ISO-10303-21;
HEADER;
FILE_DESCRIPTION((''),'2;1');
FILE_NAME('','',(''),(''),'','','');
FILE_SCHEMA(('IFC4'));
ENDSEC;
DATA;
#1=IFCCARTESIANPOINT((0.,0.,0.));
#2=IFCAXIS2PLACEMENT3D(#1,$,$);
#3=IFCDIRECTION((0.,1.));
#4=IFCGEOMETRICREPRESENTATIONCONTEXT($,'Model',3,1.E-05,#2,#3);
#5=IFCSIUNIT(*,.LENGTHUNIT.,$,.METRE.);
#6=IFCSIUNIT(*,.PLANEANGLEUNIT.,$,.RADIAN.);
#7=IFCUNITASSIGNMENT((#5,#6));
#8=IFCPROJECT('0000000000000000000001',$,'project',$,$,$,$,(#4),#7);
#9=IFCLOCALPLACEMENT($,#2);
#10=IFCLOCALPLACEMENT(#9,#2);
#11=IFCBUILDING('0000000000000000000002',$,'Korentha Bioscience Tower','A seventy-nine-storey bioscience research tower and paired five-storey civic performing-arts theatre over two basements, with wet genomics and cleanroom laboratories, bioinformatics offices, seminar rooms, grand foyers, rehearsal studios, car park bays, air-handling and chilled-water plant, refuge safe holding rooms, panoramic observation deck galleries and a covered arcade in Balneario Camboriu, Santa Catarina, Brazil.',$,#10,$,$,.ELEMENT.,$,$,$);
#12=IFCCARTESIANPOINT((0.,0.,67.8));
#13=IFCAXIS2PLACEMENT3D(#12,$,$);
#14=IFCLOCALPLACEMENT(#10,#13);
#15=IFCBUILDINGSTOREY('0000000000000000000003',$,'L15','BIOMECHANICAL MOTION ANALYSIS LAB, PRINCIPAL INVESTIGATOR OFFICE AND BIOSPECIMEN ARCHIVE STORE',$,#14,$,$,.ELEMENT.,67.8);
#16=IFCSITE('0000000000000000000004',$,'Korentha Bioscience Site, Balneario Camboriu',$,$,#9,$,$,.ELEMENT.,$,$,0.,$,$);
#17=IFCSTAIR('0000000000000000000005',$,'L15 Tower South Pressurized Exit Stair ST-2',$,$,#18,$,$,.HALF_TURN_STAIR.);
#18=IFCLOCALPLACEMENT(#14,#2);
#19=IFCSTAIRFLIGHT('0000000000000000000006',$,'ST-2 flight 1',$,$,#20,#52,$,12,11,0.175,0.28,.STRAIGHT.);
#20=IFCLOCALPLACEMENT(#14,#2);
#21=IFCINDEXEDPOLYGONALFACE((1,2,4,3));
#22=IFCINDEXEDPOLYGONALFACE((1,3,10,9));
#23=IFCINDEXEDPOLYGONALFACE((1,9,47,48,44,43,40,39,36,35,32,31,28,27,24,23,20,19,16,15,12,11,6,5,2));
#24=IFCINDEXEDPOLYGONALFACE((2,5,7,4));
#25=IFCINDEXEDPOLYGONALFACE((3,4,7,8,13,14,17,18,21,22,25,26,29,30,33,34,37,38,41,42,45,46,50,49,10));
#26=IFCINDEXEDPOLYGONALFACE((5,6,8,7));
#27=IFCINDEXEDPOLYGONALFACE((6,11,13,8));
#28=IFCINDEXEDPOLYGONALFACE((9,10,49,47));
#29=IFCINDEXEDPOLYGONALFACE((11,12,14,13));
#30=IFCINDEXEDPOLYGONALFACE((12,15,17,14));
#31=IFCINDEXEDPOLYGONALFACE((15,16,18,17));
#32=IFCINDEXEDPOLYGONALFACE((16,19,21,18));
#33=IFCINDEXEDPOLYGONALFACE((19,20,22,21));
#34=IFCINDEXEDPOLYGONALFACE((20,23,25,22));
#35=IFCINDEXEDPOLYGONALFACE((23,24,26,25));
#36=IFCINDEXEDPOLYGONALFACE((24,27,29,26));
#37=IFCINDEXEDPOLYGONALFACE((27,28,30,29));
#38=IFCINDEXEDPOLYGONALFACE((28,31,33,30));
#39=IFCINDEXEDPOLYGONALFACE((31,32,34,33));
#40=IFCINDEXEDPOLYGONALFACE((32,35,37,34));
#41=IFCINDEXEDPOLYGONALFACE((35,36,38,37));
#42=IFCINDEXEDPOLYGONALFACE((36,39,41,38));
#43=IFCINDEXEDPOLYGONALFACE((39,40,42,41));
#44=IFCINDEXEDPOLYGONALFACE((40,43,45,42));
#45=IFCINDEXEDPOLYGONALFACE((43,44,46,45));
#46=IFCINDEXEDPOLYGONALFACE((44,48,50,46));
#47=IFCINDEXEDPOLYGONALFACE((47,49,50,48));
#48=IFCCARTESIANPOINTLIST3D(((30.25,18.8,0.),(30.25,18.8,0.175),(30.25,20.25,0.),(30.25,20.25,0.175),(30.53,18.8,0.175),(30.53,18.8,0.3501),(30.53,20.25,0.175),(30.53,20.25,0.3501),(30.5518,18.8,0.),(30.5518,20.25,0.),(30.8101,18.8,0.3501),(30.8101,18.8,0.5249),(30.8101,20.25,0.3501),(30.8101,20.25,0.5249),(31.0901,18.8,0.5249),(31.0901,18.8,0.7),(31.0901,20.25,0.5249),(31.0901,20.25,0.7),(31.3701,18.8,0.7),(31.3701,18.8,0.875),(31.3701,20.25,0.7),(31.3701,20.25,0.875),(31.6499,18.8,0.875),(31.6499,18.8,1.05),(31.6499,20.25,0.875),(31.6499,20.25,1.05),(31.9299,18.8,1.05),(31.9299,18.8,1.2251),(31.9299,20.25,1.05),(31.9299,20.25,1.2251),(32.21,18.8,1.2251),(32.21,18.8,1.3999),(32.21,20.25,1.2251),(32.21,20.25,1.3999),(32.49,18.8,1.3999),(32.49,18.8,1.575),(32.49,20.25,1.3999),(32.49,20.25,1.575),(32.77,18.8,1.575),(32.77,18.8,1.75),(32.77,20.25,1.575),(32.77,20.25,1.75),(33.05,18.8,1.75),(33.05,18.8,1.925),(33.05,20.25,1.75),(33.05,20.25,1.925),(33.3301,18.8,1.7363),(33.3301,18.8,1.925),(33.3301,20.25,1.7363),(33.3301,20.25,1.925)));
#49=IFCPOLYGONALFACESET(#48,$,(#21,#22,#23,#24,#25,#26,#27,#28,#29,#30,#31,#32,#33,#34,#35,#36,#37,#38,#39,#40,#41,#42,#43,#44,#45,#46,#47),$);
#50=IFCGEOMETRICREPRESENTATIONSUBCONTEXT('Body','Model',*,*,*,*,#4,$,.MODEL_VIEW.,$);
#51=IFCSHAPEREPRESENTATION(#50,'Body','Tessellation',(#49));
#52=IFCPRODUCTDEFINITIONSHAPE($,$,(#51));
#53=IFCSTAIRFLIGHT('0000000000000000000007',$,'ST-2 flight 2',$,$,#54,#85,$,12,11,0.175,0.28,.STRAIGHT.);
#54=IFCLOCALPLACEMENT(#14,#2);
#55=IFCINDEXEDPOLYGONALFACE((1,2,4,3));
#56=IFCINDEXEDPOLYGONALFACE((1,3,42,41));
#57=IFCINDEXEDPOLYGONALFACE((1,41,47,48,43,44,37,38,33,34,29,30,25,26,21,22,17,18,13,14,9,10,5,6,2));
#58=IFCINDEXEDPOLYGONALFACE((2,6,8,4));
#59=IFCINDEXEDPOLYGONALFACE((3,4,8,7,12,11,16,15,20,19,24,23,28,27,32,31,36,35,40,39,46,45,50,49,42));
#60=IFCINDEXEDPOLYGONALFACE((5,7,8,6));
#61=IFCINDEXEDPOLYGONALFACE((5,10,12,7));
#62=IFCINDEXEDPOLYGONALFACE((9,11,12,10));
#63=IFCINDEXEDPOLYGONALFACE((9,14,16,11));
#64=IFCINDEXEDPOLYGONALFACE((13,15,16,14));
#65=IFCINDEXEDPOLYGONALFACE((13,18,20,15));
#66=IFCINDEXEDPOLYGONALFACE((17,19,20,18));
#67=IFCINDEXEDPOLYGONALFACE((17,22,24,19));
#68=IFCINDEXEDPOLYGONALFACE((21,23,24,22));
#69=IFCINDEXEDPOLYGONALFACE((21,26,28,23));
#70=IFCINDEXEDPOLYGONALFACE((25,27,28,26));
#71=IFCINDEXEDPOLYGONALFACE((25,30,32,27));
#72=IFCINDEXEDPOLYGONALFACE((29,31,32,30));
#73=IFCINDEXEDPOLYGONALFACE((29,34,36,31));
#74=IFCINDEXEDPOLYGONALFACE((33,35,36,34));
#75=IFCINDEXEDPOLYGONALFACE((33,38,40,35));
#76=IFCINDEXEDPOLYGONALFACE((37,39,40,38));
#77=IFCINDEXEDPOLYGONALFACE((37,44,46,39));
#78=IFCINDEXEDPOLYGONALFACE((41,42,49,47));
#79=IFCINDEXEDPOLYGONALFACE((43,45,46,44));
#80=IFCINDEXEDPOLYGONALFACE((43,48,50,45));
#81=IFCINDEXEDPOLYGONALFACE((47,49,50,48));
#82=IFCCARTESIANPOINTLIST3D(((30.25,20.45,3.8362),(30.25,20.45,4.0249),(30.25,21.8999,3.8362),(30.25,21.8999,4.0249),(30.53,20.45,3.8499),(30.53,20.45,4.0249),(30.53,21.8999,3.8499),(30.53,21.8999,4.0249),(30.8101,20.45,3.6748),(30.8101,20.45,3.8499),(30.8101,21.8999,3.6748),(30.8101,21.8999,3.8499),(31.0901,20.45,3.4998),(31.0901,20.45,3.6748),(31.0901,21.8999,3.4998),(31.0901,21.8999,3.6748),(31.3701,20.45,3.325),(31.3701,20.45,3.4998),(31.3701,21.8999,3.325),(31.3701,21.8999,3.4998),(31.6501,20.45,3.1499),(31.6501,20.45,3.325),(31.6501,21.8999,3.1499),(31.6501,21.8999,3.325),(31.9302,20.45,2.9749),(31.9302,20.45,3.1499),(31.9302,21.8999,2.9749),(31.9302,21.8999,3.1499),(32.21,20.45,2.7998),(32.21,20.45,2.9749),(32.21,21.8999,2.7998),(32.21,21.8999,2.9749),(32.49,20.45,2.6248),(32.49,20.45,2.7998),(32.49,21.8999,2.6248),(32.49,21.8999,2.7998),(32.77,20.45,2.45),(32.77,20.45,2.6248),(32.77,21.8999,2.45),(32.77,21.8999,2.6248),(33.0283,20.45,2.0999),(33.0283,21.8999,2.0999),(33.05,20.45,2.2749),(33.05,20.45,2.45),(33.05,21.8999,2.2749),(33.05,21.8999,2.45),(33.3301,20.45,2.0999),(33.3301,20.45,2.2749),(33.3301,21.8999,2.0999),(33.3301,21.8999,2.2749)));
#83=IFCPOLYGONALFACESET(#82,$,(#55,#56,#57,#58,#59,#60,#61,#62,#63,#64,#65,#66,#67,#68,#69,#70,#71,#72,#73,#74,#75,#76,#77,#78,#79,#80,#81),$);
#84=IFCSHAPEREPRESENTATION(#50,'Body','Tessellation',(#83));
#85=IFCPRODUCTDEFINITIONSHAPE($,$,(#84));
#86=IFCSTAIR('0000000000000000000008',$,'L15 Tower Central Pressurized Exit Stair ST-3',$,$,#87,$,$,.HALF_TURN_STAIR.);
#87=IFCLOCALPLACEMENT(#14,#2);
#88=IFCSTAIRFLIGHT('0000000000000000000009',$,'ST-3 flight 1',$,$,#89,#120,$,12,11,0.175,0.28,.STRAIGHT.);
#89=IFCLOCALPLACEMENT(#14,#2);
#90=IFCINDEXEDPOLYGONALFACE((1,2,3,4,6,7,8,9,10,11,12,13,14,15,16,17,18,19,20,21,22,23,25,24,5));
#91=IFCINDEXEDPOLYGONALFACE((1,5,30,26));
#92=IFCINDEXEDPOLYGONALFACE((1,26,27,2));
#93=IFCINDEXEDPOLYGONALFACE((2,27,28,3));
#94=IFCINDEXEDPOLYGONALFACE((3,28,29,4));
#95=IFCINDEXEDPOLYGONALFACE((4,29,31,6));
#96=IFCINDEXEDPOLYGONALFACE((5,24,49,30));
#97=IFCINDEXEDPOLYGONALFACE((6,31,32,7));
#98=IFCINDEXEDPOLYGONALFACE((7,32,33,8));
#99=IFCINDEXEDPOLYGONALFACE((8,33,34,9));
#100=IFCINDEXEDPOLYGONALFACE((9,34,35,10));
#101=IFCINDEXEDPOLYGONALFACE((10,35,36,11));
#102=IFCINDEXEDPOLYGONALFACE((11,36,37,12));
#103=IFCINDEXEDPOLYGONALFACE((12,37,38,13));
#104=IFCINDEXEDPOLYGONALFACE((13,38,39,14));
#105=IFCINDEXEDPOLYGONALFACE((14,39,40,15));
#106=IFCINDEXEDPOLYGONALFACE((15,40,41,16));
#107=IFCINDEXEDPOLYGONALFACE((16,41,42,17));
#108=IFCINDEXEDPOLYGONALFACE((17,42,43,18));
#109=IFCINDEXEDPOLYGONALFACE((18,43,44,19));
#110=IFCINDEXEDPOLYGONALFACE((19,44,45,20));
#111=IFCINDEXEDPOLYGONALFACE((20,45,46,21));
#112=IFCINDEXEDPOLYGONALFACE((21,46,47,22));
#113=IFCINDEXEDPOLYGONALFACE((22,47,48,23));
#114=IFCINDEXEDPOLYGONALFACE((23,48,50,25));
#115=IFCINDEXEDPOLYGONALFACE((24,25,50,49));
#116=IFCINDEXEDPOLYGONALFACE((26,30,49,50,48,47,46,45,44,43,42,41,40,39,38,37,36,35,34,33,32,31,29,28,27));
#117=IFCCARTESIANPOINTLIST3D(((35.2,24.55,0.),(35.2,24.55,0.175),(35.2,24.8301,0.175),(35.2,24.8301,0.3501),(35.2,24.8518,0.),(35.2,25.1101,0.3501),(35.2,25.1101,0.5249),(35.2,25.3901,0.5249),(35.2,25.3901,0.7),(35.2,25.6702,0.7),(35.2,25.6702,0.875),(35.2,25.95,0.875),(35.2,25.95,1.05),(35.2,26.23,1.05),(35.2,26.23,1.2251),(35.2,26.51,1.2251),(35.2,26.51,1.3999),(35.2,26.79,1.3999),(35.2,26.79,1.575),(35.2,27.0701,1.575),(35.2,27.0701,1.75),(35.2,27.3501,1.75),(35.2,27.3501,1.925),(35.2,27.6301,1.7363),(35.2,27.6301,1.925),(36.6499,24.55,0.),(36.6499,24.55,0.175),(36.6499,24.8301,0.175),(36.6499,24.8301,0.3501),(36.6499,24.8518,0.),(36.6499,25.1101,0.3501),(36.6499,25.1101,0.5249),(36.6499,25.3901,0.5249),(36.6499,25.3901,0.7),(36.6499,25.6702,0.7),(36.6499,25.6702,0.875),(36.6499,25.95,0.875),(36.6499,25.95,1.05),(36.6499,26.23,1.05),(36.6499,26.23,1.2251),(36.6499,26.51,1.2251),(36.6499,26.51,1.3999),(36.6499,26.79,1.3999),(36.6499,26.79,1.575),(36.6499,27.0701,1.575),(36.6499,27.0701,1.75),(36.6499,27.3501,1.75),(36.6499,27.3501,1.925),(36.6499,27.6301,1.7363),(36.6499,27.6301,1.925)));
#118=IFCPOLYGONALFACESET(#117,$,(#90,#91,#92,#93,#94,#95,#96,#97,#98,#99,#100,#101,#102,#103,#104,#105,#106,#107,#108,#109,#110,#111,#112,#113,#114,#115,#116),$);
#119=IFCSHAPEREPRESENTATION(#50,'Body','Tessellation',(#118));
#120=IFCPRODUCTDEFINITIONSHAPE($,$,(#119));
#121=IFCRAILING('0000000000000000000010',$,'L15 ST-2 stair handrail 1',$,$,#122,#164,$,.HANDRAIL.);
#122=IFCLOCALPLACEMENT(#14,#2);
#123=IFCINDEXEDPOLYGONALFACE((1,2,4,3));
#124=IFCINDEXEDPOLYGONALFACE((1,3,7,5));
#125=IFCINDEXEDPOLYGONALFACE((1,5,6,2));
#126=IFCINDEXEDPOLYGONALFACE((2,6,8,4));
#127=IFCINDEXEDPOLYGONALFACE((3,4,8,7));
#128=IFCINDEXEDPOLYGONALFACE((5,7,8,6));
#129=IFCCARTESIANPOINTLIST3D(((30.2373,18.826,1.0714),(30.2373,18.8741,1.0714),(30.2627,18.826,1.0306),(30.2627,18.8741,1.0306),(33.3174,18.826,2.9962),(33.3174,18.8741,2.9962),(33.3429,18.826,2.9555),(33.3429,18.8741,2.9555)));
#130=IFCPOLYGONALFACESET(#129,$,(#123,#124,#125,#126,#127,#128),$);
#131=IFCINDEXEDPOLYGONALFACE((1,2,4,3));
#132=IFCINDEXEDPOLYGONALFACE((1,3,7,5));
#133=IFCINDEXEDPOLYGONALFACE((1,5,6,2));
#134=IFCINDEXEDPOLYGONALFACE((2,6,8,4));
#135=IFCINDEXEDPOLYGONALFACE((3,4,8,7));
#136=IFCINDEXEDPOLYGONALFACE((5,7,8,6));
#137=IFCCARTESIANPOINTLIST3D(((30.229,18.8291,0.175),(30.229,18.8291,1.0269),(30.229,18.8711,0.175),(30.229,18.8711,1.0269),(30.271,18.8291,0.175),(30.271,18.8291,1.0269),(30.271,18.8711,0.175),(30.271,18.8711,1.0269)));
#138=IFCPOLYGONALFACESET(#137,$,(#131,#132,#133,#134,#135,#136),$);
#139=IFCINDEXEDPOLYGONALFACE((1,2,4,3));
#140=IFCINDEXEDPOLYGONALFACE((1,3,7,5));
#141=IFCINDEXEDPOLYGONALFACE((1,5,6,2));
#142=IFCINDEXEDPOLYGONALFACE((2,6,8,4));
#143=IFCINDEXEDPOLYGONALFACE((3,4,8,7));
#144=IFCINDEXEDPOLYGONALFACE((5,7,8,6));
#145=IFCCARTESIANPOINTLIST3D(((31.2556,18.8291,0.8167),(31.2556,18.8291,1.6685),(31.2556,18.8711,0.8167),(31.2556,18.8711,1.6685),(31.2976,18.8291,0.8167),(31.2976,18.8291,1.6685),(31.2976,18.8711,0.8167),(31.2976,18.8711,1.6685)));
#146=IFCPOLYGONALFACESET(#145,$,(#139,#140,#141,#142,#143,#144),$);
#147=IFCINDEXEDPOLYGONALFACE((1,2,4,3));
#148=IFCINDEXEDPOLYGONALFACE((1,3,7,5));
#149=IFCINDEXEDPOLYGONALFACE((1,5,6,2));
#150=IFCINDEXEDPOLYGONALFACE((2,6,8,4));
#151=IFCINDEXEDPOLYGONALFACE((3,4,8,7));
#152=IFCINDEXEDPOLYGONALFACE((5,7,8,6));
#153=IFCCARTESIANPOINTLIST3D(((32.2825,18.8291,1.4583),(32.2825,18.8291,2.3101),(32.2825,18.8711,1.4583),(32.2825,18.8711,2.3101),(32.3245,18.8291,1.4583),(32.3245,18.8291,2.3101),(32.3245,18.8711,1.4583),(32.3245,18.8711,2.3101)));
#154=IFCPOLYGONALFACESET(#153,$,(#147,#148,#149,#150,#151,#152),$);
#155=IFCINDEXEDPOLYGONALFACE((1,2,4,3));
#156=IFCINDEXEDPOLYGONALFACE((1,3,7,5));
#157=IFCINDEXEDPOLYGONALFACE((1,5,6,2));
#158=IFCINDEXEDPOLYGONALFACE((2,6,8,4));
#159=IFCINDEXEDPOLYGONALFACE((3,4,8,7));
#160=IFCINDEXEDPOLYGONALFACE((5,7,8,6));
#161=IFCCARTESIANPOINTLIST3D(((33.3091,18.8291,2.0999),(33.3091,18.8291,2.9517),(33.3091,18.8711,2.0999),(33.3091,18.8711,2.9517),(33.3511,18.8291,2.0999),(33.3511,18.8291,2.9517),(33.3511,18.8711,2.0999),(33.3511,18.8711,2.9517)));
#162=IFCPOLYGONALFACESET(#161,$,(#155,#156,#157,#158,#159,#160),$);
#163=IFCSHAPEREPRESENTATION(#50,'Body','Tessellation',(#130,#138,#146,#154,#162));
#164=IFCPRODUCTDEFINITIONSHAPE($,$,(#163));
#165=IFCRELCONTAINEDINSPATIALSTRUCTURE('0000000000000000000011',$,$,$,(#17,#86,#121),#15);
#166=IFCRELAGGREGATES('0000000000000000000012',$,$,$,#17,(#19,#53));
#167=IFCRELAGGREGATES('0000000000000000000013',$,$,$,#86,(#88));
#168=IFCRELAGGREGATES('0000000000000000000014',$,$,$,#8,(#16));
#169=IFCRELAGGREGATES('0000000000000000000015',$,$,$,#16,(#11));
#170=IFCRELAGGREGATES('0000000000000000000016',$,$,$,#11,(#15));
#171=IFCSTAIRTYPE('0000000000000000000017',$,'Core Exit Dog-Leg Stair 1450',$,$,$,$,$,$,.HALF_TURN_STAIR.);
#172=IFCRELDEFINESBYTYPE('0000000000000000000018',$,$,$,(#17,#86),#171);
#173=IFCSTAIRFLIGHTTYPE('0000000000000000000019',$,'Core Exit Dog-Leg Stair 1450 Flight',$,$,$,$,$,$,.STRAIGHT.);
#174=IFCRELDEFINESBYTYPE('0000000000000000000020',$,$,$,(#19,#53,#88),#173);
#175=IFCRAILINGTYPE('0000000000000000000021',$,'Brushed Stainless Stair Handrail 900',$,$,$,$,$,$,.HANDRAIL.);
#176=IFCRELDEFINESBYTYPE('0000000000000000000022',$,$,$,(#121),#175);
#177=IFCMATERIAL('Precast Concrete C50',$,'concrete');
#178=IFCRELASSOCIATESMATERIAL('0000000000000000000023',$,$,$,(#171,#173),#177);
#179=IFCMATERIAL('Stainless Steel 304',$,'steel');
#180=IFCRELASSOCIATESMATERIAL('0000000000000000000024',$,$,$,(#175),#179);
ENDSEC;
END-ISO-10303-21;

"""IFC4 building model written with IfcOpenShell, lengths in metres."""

from ifc_helpers import new_model, si_unit, direction, frame, origin, origin_2d, place, context, subcontext, project, spatial, polyline, rectangle, outline, extrude, material, type_object, element, aggregate, save


model = new_model("IFC4")

# Units and contexts
model_context = context("Model", 3, precision=1e-05, world=origin(), true_north=direction((0.0, 1.0)))
body_context = subcontext(model_context, "Body", "Model", "MODEL_VIEW")
ifc_project = project(units=[si_unit("LENGTHUNIT", "METRE"), si_unit("PLANEANGLEUNIT", "RADIAN")], contexts=[model_context])

# Site, building, storey
site_placement = place(None, origin())
site = spatial("IfcSite", under=ifc_project, at=site_placement, Name="Korentha Bioscience Site, Balneario Camboriu", CompositionType="ELEMENT", RefElevation=0.0)
building_placement = place(site_placement, origin())
building = spatial("IfcBuilding", under=site, at=building_placement, Name="Korentha Bioscience Tower", Description="A seventy-nine-storey bioscience research tower and paired five-storey civic performing-arts theatre over two basements, with wet genomics and cleanroom laboratories, bioinformatics offices, seminar rooms, grand foyers, rehearsal studios, car park bays, air-handling and chilled-water plant, refuge safe holding rooms, panoramic observation deck galleries and a covered arcade in Balneario Camboriu, Santa Catarina, Brazil.", CompositionType="ELEMENT")
storey_placement = place(building_placement, frame((0.0, 0.0, 67.8)))
storey = spatial("IfcBuildingStorey", under=building, at=storey_placement, Name="L15", Description="BIOMECHANICAL MOTION ANALYSIS LAB, PRINCIPAL INVESTIGATOR OFFICE AND BIOSPECIMEN ARCHIVE STORE", CompositionType="ELEMENT", Elevation=67.8)

# Stair, stair flights
ifc_material_1 = material(Name="Precast Concrete C50", Category="concrete")
stair_type = type_object("IfcStairType", Name="Core Exit Dog-Leg Stair 1450", PredefinedType="HALF_TURN_STAIR", material=ifc_material_1)
stair_1_placement = place(storey_placement, origin())
stair_1 = element("IfcStair", 1, at=stair_1_placement, inside=storey, type_object=stair_type, Name="L15 Tower South Pressurized Exit Stair ST-2", PredefinedType="HALF_TURN_STAIR")
stair_flight_type = type_object("IfcStairFlightType", Name="Core Exit Dog-Leg Stair 1450 Flight", PredefinedType="STRAIGHT", material=ifc_material_1)
stair_flight_1_placement = place(storey_placement, frame((30.25, 19.5249, 0.0), z_axis=(0.0, 0.0, 1.0), x_axis=(1.0, 0.0, 0.0)))
stair_flight_1 = element("IfcStairFlight", 2, at=stair_flight_1_placement, type_object=stair_flight_type, Name="ST-2 flight 1", NumberOfRisers=12, NumberOfTreads=11, PredefinedType="STRAIGHT", RiserHeight=0.175, TreadLength=0.28, context=body_context, shape_type="SweptSolid", body=[
    extrude(outline(polyline([(0.0, 0.0), (0.0, 0.175), (0.28, 0.175), (0.28, 0.3501), (0.5601, 0.3501), (0.5601, 0.5249), (0.8401, 0.5249), (0.8401, 0.7), (1.1201, 0.7), (1.1201, 0.875), (1.3999, 0.875), (1.3999, 1.05), (1.6799, 1.05), (1.6799, 1.2251), (1.96, 1.2251), (1.96, 1.3999), (2.24, 1.3999), (2.24, 1.575), (2.52, 1.575), (2.52, 1.75), (2.8, 1.75), (2.8, 1.925), (3.0801, 1.925), (3.0801, 2.1001), (3.0801, 1.7363), (0.3018, 0.0), (0.0, 0.0)])), frame((0.0, 0.7251, 0.0), z_axis=(0.0, -1.0, 0.0), x_axis=(1.0, 0.0, 0.0)), (0.0, 0.0, 1.0), 1.45),
])
stair_flight_2_placement = place(storey_placement, frame((33.3301, 21.175, 2.0999), z_axis=(0.0, 0.0, 1.0), x_axis=(-1.0, 0.0, 0.0)))
stair_flight_2 = element("IfcStairFlight", 3, at=stair_flight_2_placement, type_object=stair_flight_type, Name="ST-2 flight 2", NumberOfRisers=12, NumberOfTreads=11, PredefinedType="STRAIGHT", RiserHeight=0.175, TreadLength=0.28, context=body_context, shape_type="SweptSolid", body=[
    extrude(outline(polyline([(0.0, 0.0), (0.0, 0.175), (0.28, 0.175), (0.28, 0.3501), (0.5601, 0.3501), (0.5601, 0.5249), (0.8401, 0.5249), (0.8401, 0.7), (1.1201, 0.7), (1.1201, 0.875), (1.3999, 0.875), (1.3999, 1.05), (1.6799, 1.05), (1.6799, 1.2251), (1.96, 1.2251), (1.96, 1.3999), (2.24, 1.3999), (2.24, 1.575), (2.52, 1.575), (2.52, 1.75), (2.8, 1.75), (2.8, 1.925), (3.0801, 1.925), (3.0801, 2.1001), (3.0801, 1.7363), (0.3018, 0.0), (0.0, 0.0)])), frame((0.0, 0.7251, 0.0), z_axis=(0.0, -1.0, 0.0), x_axis=(1.0, 0.0, 0.0)), (0.0, 0.0, 1.0), 1.45),
])
aggregate(stair_1, [stair_flight_1, stair_flight_2])

# Stair, stair flight
stair_2_placement = place(storey_placement, origin())
stair_2 = element("IfcStair", 4, at=stair_2_placement, inside=storey, type_object=stair_type, Name="L15 Tower Central Pressurized Exit Stair ST-3", PredefinedType="HALF_TURN_STAIR")
stair_flight_3_placement = place(storey_placement, frame((35.925, 24.55, 0.0), z_axis=(0.0, 0.0, 1.0), x_axis=(0.0, 1.0, 0.0)))
stair_flight_3 = element("IfcStairFlight", 5, at=stair_flight_3_placement, type_object=stair_flight_type, Name="ST-3 flight 1", NumberOfRisers=12, NumberOfTreads=11, PredefinedType="STRAIGHT", RiserHeight=0.175, TreadLength=0.28, context=body_context, shape_type="SweptSolid", body=[
    extrude(outline(polyline([(0.0, 0.0), (0.0, 0.175), (0.28, 0.175), (0.28, 0.3501), (0.5601, 0.3501), (0.5601, 0.5249), (0.8401, 0.5249), (0.8401, 0.7), (1.1201, 0.7), (1.1201, 0.875), (1.3999, 0.875), (1.3999, 1.05), (1.6799, 1.05), (1.6799, 1.2251), (1.96, 1.2251), (1.96, 1.3999), (2.24, 1.3999), (2.24, 1.575), (2.52, 1.575), (2.52, 1.75), (2.8, 1.75), (2.8, 1.925), (3.0801, 1.925), (3.0801, 2.1001), (3.0801, 1.7363), (0.3018, 0.0), (0.0, 0.0)])), frame((0.0, 0.7251, 0.0), z_axis=(0.0, -1.0, 0.0), x_axis=(1.0, 0.0, 0.0)), (0.0, 0.0, 1.0), 1.45),
])
aggregate(stair_2, [stair_flight_3])

# Railing
ifc_material_2 = material(Name="Stainless Steel 304", Category="steel")
railing_type_1 = type_object("IfcRailingType", Name="Brushed Stainless Stair Handrail 900", PredefinedType="HANDRAIL", material=ifc_material_2)
railing_1_placement = place(storey_placement, frame((30.25, 18.8501, 0.175)))
element("IfcRailing", 6, at=railing_1_placement, inside=storey, type_object=railing_type_1, Name="L15 ST-2 stair handrail 1", PredefinedType="HANDRAIL", context=body_context, shape_type="SweptSolid", body=[
    extrude(rectangle(XDim=0.0481, YDim=0.0481, at=origin_2d()), frame((0.0, 0.0, 0.876), z_axis=(0.848029, 0.0, 0.529951), x_axis=(0.0, 1.0, 0.0)), (0.0, 0.0, 1.0), 3.6321),
    extrude(rectangle(XDim=0.042, YDim=0.042, at=origin_2d()), origin(), (0.0, 0.0, 1.0), 0.8518),
    extrude(rectangle(XDim=0.042, YDim=0.042, at=origin_2d()), frame((1.0266, 0.0, 0.6416)), (0.0, 0.0, 1.0), 0.8518),
    extrude(rectangle(XDim=0.042, YDim=0.042, at=origin_2d()), frame((2.0535, 0.0, 1.2832)), (0.0, 0.0, 1.0), 0.8518),
    extrude(rectangle(XDim=0.042, YDim=0.042, at=origin_2d()), frame((3.0801, 0.0, 1.9248)), (0.0, 0.0, 1.0), 0.8518),
])

save(model, "model.ifc")
